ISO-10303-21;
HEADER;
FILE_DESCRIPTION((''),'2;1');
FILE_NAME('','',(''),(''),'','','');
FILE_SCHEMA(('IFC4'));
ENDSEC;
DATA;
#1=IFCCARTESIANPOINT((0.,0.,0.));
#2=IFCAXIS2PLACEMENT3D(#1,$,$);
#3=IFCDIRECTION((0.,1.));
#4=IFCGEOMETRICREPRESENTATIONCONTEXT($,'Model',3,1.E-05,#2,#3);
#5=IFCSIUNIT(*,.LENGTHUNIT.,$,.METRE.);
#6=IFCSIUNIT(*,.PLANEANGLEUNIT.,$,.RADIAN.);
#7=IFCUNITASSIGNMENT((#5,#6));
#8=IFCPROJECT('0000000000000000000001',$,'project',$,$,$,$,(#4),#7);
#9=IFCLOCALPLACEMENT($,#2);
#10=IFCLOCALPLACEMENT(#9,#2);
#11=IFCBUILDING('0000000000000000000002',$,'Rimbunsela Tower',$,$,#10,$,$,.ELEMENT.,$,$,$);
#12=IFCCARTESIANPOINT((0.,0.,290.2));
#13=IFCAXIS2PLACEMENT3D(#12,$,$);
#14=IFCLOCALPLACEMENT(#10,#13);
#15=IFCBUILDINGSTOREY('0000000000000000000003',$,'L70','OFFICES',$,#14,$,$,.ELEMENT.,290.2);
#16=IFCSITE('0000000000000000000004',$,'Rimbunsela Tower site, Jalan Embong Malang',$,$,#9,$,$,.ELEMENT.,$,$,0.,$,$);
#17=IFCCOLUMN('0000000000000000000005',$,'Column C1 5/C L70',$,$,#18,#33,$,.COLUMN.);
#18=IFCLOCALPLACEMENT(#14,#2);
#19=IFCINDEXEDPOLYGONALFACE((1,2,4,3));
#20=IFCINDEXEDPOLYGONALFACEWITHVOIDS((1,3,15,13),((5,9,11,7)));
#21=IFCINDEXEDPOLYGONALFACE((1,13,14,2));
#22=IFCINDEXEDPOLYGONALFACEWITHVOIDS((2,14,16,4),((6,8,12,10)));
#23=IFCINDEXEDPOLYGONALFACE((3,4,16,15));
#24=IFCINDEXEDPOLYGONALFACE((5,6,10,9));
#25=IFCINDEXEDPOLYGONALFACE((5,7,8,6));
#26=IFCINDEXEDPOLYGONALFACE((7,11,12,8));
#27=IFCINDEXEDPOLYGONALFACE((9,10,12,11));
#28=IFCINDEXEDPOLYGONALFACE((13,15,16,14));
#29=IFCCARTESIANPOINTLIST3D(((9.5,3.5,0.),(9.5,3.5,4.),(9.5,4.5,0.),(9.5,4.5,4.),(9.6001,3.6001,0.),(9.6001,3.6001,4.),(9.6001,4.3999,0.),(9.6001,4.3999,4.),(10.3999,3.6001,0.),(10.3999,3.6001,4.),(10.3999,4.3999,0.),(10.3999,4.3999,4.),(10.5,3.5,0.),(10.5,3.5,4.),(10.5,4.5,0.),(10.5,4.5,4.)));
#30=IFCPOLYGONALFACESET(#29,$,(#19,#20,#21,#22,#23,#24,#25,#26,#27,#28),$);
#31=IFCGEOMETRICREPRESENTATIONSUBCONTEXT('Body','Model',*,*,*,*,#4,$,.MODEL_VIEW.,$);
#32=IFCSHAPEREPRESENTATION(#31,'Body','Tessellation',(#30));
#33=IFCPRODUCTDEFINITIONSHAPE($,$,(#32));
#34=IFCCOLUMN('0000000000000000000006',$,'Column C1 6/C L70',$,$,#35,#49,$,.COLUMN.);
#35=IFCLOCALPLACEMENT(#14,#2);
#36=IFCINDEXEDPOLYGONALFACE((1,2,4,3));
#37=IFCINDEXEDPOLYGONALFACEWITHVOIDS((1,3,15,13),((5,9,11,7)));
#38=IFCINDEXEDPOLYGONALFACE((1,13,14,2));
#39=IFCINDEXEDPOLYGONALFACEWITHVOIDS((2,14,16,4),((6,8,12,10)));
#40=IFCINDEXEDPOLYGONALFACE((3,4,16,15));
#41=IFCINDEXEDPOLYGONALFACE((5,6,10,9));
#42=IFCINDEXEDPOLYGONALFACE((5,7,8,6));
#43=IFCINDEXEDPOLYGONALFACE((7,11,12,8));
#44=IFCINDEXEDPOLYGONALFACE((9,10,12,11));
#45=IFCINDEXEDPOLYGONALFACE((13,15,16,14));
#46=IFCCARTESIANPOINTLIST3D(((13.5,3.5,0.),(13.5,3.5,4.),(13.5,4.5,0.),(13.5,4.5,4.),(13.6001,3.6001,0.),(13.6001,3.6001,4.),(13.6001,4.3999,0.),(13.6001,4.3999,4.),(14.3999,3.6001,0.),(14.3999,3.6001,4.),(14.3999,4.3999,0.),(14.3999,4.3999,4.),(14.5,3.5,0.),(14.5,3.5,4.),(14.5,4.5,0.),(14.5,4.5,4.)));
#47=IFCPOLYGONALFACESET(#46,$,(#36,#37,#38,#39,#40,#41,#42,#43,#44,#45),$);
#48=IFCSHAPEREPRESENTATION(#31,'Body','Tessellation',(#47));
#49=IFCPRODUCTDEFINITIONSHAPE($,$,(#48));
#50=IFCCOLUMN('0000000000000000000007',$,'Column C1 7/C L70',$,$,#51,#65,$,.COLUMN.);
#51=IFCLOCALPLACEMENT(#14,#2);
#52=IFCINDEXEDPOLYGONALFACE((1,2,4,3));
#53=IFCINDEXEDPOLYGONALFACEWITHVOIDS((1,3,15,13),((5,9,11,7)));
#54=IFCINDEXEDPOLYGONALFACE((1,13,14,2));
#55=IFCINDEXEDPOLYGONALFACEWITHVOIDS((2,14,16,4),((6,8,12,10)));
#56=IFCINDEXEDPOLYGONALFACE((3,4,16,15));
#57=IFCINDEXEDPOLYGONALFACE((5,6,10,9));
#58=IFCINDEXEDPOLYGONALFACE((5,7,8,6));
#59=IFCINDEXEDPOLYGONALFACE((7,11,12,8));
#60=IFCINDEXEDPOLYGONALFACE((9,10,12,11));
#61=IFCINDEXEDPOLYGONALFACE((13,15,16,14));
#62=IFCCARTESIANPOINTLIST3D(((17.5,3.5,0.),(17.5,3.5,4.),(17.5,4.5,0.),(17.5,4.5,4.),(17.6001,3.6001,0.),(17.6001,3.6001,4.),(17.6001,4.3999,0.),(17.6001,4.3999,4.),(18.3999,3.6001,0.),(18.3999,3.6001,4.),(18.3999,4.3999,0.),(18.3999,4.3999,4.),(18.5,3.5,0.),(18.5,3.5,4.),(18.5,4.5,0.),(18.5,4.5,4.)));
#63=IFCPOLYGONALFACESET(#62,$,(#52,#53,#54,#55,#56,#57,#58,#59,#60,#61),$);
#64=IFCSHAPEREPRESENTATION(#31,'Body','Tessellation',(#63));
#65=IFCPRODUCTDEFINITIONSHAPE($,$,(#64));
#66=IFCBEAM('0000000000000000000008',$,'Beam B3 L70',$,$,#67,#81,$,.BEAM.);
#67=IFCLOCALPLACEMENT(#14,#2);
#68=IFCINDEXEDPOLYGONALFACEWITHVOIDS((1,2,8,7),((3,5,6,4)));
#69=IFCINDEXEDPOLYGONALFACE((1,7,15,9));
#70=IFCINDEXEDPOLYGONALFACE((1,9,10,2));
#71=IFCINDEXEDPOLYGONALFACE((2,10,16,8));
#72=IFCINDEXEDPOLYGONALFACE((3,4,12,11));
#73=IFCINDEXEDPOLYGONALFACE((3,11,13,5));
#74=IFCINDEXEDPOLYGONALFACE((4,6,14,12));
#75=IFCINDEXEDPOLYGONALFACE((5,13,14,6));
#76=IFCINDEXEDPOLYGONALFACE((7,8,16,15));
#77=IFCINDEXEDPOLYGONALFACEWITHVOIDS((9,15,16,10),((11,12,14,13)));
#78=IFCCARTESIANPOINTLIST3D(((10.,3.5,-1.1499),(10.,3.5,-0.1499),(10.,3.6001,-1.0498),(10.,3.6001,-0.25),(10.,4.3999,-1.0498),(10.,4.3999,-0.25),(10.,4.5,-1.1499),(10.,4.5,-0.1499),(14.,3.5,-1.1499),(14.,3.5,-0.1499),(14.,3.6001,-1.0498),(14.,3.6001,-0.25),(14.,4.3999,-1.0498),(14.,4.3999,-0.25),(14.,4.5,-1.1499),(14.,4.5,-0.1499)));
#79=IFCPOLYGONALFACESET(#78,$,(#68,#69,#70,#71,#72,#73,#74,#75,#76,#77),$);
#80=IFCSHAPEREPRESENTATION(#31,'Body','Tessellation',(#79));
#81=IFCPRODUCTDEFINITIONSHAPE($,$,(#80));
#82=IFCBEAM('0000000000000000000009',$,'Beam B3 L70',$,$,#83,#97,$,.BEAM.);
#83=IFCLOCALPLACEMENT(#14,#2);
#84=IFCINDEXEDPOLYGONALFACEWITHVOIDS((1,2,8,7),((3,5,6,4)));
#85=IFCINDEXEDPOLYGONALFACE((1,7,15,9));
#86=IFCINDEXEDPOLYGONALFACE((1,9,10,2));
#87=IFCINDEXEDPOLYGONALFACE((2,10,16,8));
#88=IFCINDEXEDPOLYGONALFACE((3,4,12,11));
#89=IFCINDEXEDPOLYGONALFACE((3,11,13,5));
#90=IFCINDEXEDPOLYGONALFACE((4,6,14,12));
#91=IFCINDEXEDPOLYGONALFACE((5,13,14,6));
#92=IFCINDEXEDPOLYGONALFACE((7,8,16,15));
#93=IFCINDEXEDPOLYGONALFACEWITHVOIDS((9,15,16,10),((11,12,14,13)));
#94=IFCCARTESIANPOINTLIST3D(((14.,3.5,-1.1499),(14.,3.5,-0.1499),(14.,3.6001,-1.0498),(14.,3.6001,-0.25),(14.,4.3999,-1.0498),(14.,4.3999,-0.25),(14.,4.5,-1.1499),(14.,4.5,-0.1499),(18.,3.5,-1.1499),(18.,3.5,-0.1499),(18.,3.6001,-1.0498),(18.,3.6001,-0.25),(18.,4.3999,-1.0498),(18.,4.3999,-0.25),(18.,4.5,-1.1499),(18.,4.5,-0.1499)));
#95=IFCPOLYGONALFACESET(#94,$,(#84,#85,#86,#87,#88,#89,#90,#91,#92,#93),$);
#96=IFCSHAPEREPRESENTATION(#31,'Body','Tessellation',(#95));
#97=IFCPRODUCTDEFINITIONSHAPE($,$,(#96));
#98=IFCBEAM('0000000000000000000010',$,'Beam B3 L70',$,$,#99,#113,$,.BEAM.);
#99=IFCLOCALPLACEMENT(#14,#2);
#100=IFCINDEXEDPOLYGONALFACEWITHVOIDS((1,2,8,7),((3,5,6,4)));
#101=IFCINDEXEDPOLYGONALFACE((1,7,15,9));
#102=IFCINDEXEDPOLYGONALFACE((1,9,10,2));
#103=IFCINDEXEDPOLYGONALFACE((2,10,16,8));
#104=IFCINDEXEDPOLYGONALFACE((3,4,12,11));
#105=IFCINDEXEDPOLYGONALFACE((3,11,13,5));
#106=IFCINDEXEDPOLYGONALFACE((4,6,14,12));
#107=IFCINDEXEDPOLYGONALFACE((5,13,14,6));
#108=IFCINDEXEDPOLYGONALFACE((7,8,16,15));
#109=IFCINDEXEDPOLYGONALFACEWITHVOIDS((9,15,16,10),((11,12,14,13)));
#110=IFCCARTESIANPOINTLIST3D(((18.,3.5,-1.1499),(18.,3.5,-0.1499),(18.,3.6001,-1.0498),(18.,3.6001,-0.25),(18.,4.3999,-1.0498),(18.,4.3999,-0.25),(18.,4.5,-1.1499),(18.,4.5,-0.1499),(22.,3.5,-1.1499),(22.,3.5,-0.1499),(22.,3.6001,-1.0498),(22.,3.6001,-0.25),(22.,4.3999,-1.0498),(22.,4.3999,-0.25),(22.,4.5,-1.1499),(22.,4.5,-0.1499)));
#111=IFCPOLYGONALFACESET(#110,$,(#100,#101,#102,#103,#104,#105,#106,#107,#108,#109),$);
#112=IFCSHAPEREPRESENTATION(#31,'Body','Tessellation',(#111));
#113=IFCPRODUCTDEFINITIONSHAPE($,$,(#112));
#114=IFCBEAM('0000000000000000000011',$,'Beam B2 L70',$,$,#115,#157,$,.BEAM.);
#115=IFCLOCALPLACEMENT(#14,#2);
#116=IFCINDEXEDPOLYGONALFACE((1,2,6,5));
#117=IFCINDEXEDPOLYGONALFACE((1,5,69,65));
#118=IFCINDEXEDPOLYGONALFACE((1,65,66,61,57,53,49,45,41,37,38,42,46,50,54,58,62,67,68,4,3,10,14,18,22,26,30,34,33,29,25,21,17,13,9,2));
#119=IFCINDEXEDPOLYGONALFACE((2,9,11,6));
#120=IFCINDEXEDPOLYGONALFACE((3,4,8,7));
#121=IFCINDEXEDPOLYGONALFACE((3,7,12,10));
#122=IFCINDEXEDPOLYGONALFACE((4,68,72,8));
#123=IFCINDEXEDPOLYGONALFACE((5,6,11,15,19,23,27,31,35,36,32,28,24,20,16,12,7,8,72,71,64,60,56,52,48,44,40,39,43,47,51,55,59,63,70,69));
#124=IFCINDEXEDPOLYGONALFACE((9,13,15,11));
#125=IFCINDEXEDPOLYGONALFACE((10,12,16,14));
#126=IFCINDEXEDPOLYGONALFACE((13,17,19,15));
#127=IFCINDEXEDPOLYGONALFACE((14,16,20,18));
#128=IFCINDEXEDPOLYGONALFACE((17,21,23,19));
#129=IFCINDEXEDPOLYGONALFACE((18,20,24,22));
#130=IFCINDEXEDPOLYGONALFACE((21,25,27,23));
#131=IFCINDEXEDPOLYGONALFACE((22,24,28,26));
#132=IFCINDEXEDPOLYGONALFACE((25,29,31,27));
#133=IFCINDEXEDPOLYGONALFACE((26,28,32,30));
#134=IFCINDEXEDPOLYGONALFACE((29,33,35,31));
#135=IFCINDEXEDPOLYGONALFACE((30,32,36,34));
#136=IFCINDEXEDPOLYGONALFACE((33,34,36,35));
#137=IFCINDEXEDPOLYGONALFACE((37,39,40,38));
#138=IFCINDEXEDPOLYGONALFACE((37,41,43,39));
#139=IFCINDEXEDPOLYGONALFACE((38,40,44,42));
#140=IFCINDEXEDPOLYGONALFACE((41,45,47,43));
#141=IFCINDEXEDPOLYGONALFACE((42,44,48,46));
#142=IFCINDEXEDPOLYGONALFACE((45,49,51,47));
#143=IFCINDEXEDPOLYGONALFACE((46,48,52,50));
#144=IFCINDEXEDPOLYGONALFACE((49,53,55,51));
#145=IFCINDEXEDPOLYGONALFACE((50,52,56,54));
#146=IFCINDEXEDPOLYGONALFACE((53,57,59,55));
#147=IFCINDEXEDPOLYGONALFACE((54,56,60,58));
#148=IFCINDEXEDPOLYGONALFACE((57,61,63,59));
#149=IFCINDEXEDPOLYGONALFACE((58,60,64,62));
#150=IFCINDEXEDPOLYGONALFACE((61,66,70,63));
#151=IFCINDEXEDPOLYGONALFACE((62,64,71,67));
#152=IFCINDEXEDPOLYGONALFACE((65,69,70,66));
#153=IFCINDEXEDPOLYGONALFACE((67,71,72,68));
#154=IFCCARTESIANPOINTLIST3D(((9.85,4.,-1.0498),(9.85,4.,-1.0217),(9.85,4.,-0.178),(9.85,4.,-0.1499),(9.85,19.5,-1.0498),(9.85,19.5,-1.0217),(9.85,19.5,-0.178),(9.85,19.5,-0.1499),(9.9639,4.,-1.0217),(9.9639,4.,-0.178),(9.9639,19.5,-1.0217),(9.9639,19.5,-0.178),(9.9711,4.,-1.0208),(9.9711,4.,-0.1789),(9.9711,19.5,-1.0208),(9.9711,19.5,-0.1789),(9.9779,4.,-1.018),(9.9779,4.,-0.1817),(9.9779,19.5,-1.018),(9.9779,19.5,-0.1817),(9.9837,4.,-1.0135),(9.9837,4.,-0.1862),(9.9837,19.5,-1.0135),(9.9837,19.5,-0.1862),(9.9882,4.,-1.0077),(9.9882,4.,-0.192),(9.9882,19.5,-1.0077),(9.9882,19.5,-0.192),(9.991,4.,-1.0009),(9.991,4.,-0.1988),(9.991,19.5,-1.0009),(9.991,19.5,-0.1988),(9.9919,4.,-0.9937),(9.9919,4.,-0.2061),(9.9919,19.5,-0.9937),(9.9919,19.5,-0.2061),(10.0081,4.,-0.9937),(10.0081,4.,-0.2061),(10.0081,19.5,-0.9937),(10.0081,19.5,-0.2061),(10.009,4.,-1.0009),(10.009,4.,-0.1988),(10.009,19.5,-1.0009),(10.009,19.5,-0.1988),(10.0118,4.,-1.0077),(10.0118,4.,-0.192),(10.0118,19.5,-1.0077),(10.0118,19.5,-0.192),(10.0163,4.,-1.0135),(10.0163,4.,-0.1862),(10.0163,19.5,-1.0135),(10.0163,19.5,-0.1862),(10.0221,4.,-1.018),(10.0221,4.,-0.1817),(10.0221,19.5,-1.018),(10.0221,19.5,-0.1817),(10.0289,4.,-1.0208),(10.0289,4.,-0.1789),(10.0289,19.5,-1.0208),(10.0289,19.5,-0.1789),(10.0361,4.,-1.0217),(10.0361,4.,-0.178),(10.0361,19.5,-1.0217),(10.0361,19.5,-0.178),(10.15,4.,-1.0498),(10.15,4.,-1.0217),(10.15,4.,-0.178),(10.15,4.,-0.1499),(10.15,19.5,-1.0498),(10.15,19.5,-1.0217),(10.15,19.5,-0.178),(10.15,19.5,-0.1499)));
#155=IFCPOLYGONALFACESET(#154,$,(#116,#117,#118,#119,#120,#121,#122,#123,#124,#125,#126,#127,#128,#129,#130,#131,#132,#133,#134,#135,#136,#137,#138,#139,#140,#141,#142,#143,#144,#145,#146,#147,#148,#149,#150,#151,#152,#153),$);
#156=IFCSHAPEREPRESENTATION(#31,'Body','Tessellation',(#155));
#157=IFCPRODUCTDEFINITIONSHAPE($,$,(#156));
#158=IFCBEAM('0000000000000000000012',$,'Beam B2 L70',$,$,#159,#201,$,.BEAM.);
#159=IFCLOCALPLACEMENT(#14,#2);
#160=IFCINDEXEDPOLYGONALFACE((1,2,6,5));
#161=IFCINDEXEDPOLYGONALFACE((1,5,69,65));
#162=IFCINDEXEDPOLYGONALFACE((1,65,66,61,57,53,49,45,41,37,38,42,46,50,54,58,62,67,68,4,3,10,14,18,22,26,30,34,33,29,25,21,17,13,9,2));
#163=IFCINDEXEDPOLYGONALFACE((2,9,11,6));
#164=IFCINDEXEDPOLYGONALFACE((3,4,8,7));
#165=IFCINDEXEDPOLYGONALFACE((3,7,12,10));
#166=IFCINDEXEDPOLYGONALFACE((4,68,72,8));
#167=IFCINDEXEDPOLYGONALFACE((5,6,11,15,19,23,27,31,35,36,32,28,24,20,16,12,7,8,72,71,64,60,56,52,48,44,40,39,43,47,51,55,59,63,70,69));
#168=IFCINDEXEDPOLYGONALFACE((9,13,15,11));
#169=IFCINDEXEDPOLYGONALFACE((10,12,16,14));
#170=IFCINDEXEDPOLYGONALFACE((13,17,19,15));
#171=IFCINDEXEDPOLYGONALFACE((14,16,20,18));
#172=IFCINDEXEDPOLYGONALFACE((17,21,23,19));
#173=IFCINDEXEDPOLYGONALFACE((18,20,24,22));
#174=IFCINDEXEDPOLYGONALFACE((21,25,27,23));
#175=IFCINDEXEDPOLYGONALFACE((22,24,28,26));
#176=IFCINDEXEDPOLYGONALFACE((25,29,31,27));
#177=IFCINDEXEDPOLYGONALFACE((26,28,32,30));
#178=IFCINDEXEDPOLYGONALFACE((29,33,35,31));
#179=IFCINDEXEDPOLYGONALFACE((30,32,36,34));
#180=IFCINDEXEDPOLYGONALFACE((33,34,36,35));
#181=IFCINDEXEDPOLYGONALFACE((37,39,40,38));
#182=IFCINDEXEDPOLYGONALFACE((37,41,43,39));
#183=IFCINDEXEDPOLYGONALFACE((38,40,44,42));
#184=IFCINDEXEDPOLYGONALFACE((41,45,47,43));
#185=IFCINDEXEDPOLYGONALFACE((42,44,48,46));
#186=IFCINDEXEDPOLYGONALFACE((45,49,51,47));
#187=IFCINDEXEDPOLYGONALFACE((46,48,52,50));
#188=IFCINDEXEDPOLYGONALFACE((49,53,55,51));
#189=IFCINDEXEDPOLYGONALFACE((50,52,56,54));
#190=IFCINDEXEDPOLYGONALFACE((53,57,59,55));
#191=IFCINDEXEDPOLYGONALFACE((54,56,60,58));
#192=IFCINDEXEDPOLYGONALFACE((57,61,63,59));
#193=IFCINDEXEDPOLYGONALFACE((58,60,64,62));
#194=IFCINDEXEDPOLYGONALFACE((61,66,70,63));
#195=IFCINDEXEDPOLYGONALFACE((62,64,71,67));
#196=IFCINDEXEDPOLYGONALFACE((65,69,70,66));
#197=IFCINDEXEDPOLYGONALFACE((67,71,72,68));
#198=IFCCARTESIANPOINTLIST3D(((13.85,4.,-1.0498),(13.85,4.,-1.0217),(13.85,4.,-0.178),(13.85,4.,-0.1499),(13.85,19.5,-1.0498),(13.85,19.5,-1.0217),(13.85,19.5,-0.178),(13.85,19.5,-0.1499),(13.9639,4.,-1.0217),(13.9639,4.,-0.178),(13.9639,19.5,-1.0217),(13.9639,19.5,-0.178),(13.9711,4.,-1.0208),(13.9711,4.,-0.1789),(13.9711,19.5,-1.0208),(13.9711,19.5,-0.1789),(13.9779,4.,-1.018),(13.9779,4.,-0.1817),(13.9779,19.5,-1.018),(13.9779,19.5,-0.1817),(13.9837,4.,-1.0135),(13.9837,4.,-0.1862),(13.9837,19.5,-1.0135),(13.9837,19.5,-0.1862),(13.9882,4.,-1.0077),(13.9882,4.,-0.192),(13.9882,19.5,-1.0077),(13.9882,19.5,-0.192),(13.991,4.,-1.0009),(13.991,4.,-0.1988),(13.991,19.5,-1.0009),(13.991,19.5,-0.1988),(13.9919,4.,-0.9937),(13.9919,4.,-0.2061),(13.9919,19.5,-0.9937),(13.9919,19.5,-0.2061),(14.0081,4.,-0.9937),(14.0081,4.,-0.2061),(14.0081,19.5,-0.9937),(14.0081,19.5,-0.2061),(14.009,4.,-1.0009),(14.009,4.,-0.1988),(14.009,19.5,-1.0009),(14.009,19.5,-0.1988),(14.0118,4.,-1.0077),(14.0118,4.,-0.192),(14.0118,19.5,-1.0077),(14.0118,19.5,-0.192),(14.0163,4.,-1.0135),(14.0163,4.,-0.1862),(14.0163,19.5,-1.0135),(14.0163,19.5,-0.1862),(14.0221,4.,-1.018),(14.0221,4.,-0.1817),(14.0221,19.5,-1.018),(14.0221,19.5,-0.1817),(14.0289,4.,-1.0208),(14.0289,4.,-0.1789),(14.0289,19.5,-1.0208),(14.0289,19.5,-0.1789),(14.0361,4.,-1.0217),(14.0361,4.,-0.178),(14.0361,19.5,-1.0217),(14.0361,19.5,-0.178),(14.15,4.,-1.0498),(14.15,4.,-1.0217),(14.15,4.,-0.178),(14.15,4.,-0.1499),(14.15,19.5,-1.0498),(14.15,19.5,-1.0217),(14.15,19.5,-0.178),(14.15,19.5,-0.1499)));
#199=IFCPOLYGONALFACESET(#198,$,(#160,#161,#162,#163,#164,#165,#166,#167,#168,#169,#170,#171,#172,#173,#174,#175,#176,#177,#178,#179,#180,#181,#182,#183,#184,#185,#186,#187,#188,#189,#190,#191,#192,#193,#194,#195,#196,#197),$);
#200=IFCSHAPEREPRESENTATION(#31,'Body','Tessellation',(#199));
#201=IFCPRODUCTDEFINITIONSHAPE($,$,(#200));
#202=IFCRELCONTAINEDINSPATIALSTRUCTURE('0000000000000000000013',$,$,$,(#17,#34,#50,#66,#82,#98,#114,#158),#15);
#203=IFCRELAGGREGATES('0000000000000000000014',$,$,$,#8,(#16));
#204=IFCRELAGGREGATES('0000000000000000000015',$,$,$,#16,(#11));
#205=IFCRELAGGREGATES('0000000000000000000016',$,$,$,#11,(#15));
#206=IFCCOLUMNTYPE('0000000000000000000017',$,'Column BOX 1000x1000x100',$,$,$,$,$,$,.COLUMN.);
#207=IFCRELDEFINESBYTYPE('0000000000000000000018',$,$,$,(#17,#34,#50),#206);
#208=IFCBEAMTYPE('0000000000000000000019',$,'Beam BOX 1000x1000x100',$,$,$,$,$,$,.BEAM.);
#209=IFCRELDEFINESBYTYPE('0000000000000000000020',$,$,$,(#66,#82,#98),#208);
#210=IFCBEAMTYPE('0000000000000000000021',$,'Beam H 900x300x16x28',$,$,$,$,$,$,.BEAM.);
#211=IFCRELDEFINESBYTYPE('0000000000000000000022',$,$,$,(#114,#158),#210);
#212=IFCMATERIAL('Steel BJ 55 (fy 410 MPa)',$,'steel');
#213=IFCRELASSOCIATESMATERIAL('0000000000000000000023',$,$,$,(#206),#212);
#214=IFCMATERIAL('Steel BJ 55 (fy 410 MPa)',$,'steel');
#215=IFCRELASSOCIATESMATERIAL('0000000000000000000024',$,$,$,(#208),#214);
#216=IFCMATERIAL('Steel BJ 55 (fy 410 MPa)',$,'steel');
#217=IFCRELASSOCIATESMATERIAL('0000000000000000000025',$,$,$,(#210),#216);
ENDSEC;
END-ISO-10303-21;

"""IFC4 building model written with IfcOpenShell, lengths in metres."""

from ifc_helpers import new_model, si_unit, direction, frame, origin, origin_2d, place, context, subcontext, project, spatial, hollow_rectangle, i_section, extrude, material, material_profile, profile_set, type_object, element, save


model = new_model("IFC4")

# Units and contexts
model_context = context("Model", 3, precision=1e-05, world=origin(), true_north=direction((0.0, 1.0)))
body_context = subcontext(model_context, "Body", "Model", "MODEL_VIEW")
ifc_project = project(units=[si_unit("LENGTHUNIT", "METRE"), si_unit("PLANEANGLEUNIT", "RADIAN")], contexts=[model_context])

# Site, building, storey
site_placement = place(None, origin())
site = spatial("IfcSite", under=ifc_project, at=site_placement, Name="Rimbunsela Tower site, Jalan Embong Malang", CompositionType="ELEMENT", RefElevation=0.0)
building_placement = place(site_placement, origin())
building = spatial("IfcBuilding", under=site, at=building_placement, Name="Rimbunsela Tower", CompositionType="ELEMENT")
storey_placement = place(building_placement, frame((0.0, 0.0, 290.2)))
storey = spatial("IfcBuildingStorey", under=building, at=storey_placement, Name="L70", Description="OFFICES", CompositionType="ELEMENT", Elevation=290.2)

# Columns
ifc_material_1 = material(Name="Steel BJ 55 (fy 410 MPa)", Category="steel")
ifc_material_profile_1 = material_profile(ifc_material_1, hollow_rectangle(XDim=1.0, YDim=1.0, WallThickness=0.1001, at=origin_2d()), Name="BOX 1000x1000x100")
ifc_profile_set_1 = profile_set([ifc_material_profile_1], Name="Steel BJ 55 (fy 410 MPa)")
column_type = type_object("IfcColumnType", Name="Column BOX 1000x1000x100", PredefinedType="COLUMN", material=ifc_profile_set_1)
for number, where, z_axis, x_axis, name in (
    (1, (10.0, 4.0, 0.0), (0.0, 0.0, 1.0), (1.0, 0.0, 0.0), "Column C1 5/C L70"),
    (2, (14.0, 4.0, 0.0), (0.0, 0.0, 1.0), (1.0, 0.0, 0.0), "Column C1 6/C L70"),
    (3, (18.0, 4.0, 0.0), (0.0, 0.0, 1.0), (1.0, 0.0, 0.0), "Column C1 7/C L70"),
):
    element("IfcColumn", number, at=place(storey_placement, frame(where, z_axis=z_axis, x_axis=x_axis)), inside=storey, type_object=column_type, Name=name, PredefinedType="COLUMN", context=body_context, shape_type="SweptSolid", body=[
        extrude(hollow_rectangle(XDim=1.0, YDim=1.0, WallThickness=0.1001, at=origin_2d()), origin(), (0.0, 0.0, 1.0), 4.0),
    ])

# Beams
ifc_material_2 = material(Name="Steel BJ 55 (fy 410 MPa)", Category="steel")
ifc_material_profile_2 = material_profile(ifc_material_2, hollow_rectangle(XDim=1.0, YDim=1.0, WallThickness=0.1001, at=origin_2d()), Name="BOX 1000x1000x100")
ifc_profile_set_2 = profile_set([ifc_material_profile_2], Name="Steel BJ 55 (fy 410 MPa)")
beam_type_1 = type_object("IfcBeamType", Name="Beam BOX 1000x1000x100", PredefinedType="BEAM", material=ifc_profile_set_2)
for number, where, z_axis, x_axis, name in (
    (4, (10.0, 4.0, -0.6499), (1.0, 0.0, 0.0), (0.0, 1.0, 0.0), "Beam B3 L70"),
    (5, (14.0, 4.0, -0.6499), (1.0, 0.0, 0.0), (0.0, 1.0, 0.0), "Beam B3 L70"),
    (6, (18.0, 4.0, -0.6499), (1.0, 0.0, 0.0), (0.0, 1.0, 0.0), "Beam B3 L70"),
):
    element("IfcBeam", number, at=place(storey_placement, frame(where, z_axis=z_axis, x_axis=x_axis)), inside=storey, type_object=beam_type_1, Name=name, PredefinedType="BEAM", context=body_context, shape_type="SweptSolid", body=[
        extrude(hollow_rectangle(XDim=1.0, YDim=1.0, WallThickness=0.1001, at=origin_2d()), origin(), (0.0, 0.0, 1.0), 4.0),
    ])
ifc_material_3 = material(Name="Steel BJ 55 (fy 410 MPa)", Category="steel")
ifc_material_profile_3 = material_profile(ifc_material_3, i_section(OverallWidth=0.3, OverallDepth=0.8999, WebThickness=0.0161, FlangeThickness=0.0281, FilletRadius=0.0281, at=origin_2d()), Name="H 900x300x16x28")
ifc_profile_set_3 = profile_set([ifc_material_profile_3], Name="Steel BJ 55 (fy 410 MPa)")
beam_type_2 = type_object("IfcBeamType", Name="Beam H 900x300x16x28", PredefinedType="BEAM", material=ifc_profile_set_3)
for number, where, z_axis, x_axis, name in (
    (7, (10.0, 4.0, -0.5999), (0.0, 1.0, 0.0), (-1.0, 0.0, 0.0), "Beam B2 L70"),
    (8, (14.0, 4.0, -0.5999), (0.0, 1.0, 0.0), (-1.0, 0.0, 0.0), "Beam B2 L70"),
):
    element("IfcBeam", number, at=place(storey_placement, frame(where, z_axis=z_axis, x_axis=x_axis)), inside=storey, type_object=beam_type_2, Name=name, PredefinedType="BEAM", context=body_context, shape_type="SweptSolid", body=[
        extrude(i_section(OverallWidth=0.3, OverallDepth=0.8999, WebThickness=0.0161, FlangeThickness=0.0281, FilletRadius=0.0281, at=origin_2d()), origin(), (0.0, 0.0, 1.0), 15.5),
    ])

save(model, "model.ifc")
